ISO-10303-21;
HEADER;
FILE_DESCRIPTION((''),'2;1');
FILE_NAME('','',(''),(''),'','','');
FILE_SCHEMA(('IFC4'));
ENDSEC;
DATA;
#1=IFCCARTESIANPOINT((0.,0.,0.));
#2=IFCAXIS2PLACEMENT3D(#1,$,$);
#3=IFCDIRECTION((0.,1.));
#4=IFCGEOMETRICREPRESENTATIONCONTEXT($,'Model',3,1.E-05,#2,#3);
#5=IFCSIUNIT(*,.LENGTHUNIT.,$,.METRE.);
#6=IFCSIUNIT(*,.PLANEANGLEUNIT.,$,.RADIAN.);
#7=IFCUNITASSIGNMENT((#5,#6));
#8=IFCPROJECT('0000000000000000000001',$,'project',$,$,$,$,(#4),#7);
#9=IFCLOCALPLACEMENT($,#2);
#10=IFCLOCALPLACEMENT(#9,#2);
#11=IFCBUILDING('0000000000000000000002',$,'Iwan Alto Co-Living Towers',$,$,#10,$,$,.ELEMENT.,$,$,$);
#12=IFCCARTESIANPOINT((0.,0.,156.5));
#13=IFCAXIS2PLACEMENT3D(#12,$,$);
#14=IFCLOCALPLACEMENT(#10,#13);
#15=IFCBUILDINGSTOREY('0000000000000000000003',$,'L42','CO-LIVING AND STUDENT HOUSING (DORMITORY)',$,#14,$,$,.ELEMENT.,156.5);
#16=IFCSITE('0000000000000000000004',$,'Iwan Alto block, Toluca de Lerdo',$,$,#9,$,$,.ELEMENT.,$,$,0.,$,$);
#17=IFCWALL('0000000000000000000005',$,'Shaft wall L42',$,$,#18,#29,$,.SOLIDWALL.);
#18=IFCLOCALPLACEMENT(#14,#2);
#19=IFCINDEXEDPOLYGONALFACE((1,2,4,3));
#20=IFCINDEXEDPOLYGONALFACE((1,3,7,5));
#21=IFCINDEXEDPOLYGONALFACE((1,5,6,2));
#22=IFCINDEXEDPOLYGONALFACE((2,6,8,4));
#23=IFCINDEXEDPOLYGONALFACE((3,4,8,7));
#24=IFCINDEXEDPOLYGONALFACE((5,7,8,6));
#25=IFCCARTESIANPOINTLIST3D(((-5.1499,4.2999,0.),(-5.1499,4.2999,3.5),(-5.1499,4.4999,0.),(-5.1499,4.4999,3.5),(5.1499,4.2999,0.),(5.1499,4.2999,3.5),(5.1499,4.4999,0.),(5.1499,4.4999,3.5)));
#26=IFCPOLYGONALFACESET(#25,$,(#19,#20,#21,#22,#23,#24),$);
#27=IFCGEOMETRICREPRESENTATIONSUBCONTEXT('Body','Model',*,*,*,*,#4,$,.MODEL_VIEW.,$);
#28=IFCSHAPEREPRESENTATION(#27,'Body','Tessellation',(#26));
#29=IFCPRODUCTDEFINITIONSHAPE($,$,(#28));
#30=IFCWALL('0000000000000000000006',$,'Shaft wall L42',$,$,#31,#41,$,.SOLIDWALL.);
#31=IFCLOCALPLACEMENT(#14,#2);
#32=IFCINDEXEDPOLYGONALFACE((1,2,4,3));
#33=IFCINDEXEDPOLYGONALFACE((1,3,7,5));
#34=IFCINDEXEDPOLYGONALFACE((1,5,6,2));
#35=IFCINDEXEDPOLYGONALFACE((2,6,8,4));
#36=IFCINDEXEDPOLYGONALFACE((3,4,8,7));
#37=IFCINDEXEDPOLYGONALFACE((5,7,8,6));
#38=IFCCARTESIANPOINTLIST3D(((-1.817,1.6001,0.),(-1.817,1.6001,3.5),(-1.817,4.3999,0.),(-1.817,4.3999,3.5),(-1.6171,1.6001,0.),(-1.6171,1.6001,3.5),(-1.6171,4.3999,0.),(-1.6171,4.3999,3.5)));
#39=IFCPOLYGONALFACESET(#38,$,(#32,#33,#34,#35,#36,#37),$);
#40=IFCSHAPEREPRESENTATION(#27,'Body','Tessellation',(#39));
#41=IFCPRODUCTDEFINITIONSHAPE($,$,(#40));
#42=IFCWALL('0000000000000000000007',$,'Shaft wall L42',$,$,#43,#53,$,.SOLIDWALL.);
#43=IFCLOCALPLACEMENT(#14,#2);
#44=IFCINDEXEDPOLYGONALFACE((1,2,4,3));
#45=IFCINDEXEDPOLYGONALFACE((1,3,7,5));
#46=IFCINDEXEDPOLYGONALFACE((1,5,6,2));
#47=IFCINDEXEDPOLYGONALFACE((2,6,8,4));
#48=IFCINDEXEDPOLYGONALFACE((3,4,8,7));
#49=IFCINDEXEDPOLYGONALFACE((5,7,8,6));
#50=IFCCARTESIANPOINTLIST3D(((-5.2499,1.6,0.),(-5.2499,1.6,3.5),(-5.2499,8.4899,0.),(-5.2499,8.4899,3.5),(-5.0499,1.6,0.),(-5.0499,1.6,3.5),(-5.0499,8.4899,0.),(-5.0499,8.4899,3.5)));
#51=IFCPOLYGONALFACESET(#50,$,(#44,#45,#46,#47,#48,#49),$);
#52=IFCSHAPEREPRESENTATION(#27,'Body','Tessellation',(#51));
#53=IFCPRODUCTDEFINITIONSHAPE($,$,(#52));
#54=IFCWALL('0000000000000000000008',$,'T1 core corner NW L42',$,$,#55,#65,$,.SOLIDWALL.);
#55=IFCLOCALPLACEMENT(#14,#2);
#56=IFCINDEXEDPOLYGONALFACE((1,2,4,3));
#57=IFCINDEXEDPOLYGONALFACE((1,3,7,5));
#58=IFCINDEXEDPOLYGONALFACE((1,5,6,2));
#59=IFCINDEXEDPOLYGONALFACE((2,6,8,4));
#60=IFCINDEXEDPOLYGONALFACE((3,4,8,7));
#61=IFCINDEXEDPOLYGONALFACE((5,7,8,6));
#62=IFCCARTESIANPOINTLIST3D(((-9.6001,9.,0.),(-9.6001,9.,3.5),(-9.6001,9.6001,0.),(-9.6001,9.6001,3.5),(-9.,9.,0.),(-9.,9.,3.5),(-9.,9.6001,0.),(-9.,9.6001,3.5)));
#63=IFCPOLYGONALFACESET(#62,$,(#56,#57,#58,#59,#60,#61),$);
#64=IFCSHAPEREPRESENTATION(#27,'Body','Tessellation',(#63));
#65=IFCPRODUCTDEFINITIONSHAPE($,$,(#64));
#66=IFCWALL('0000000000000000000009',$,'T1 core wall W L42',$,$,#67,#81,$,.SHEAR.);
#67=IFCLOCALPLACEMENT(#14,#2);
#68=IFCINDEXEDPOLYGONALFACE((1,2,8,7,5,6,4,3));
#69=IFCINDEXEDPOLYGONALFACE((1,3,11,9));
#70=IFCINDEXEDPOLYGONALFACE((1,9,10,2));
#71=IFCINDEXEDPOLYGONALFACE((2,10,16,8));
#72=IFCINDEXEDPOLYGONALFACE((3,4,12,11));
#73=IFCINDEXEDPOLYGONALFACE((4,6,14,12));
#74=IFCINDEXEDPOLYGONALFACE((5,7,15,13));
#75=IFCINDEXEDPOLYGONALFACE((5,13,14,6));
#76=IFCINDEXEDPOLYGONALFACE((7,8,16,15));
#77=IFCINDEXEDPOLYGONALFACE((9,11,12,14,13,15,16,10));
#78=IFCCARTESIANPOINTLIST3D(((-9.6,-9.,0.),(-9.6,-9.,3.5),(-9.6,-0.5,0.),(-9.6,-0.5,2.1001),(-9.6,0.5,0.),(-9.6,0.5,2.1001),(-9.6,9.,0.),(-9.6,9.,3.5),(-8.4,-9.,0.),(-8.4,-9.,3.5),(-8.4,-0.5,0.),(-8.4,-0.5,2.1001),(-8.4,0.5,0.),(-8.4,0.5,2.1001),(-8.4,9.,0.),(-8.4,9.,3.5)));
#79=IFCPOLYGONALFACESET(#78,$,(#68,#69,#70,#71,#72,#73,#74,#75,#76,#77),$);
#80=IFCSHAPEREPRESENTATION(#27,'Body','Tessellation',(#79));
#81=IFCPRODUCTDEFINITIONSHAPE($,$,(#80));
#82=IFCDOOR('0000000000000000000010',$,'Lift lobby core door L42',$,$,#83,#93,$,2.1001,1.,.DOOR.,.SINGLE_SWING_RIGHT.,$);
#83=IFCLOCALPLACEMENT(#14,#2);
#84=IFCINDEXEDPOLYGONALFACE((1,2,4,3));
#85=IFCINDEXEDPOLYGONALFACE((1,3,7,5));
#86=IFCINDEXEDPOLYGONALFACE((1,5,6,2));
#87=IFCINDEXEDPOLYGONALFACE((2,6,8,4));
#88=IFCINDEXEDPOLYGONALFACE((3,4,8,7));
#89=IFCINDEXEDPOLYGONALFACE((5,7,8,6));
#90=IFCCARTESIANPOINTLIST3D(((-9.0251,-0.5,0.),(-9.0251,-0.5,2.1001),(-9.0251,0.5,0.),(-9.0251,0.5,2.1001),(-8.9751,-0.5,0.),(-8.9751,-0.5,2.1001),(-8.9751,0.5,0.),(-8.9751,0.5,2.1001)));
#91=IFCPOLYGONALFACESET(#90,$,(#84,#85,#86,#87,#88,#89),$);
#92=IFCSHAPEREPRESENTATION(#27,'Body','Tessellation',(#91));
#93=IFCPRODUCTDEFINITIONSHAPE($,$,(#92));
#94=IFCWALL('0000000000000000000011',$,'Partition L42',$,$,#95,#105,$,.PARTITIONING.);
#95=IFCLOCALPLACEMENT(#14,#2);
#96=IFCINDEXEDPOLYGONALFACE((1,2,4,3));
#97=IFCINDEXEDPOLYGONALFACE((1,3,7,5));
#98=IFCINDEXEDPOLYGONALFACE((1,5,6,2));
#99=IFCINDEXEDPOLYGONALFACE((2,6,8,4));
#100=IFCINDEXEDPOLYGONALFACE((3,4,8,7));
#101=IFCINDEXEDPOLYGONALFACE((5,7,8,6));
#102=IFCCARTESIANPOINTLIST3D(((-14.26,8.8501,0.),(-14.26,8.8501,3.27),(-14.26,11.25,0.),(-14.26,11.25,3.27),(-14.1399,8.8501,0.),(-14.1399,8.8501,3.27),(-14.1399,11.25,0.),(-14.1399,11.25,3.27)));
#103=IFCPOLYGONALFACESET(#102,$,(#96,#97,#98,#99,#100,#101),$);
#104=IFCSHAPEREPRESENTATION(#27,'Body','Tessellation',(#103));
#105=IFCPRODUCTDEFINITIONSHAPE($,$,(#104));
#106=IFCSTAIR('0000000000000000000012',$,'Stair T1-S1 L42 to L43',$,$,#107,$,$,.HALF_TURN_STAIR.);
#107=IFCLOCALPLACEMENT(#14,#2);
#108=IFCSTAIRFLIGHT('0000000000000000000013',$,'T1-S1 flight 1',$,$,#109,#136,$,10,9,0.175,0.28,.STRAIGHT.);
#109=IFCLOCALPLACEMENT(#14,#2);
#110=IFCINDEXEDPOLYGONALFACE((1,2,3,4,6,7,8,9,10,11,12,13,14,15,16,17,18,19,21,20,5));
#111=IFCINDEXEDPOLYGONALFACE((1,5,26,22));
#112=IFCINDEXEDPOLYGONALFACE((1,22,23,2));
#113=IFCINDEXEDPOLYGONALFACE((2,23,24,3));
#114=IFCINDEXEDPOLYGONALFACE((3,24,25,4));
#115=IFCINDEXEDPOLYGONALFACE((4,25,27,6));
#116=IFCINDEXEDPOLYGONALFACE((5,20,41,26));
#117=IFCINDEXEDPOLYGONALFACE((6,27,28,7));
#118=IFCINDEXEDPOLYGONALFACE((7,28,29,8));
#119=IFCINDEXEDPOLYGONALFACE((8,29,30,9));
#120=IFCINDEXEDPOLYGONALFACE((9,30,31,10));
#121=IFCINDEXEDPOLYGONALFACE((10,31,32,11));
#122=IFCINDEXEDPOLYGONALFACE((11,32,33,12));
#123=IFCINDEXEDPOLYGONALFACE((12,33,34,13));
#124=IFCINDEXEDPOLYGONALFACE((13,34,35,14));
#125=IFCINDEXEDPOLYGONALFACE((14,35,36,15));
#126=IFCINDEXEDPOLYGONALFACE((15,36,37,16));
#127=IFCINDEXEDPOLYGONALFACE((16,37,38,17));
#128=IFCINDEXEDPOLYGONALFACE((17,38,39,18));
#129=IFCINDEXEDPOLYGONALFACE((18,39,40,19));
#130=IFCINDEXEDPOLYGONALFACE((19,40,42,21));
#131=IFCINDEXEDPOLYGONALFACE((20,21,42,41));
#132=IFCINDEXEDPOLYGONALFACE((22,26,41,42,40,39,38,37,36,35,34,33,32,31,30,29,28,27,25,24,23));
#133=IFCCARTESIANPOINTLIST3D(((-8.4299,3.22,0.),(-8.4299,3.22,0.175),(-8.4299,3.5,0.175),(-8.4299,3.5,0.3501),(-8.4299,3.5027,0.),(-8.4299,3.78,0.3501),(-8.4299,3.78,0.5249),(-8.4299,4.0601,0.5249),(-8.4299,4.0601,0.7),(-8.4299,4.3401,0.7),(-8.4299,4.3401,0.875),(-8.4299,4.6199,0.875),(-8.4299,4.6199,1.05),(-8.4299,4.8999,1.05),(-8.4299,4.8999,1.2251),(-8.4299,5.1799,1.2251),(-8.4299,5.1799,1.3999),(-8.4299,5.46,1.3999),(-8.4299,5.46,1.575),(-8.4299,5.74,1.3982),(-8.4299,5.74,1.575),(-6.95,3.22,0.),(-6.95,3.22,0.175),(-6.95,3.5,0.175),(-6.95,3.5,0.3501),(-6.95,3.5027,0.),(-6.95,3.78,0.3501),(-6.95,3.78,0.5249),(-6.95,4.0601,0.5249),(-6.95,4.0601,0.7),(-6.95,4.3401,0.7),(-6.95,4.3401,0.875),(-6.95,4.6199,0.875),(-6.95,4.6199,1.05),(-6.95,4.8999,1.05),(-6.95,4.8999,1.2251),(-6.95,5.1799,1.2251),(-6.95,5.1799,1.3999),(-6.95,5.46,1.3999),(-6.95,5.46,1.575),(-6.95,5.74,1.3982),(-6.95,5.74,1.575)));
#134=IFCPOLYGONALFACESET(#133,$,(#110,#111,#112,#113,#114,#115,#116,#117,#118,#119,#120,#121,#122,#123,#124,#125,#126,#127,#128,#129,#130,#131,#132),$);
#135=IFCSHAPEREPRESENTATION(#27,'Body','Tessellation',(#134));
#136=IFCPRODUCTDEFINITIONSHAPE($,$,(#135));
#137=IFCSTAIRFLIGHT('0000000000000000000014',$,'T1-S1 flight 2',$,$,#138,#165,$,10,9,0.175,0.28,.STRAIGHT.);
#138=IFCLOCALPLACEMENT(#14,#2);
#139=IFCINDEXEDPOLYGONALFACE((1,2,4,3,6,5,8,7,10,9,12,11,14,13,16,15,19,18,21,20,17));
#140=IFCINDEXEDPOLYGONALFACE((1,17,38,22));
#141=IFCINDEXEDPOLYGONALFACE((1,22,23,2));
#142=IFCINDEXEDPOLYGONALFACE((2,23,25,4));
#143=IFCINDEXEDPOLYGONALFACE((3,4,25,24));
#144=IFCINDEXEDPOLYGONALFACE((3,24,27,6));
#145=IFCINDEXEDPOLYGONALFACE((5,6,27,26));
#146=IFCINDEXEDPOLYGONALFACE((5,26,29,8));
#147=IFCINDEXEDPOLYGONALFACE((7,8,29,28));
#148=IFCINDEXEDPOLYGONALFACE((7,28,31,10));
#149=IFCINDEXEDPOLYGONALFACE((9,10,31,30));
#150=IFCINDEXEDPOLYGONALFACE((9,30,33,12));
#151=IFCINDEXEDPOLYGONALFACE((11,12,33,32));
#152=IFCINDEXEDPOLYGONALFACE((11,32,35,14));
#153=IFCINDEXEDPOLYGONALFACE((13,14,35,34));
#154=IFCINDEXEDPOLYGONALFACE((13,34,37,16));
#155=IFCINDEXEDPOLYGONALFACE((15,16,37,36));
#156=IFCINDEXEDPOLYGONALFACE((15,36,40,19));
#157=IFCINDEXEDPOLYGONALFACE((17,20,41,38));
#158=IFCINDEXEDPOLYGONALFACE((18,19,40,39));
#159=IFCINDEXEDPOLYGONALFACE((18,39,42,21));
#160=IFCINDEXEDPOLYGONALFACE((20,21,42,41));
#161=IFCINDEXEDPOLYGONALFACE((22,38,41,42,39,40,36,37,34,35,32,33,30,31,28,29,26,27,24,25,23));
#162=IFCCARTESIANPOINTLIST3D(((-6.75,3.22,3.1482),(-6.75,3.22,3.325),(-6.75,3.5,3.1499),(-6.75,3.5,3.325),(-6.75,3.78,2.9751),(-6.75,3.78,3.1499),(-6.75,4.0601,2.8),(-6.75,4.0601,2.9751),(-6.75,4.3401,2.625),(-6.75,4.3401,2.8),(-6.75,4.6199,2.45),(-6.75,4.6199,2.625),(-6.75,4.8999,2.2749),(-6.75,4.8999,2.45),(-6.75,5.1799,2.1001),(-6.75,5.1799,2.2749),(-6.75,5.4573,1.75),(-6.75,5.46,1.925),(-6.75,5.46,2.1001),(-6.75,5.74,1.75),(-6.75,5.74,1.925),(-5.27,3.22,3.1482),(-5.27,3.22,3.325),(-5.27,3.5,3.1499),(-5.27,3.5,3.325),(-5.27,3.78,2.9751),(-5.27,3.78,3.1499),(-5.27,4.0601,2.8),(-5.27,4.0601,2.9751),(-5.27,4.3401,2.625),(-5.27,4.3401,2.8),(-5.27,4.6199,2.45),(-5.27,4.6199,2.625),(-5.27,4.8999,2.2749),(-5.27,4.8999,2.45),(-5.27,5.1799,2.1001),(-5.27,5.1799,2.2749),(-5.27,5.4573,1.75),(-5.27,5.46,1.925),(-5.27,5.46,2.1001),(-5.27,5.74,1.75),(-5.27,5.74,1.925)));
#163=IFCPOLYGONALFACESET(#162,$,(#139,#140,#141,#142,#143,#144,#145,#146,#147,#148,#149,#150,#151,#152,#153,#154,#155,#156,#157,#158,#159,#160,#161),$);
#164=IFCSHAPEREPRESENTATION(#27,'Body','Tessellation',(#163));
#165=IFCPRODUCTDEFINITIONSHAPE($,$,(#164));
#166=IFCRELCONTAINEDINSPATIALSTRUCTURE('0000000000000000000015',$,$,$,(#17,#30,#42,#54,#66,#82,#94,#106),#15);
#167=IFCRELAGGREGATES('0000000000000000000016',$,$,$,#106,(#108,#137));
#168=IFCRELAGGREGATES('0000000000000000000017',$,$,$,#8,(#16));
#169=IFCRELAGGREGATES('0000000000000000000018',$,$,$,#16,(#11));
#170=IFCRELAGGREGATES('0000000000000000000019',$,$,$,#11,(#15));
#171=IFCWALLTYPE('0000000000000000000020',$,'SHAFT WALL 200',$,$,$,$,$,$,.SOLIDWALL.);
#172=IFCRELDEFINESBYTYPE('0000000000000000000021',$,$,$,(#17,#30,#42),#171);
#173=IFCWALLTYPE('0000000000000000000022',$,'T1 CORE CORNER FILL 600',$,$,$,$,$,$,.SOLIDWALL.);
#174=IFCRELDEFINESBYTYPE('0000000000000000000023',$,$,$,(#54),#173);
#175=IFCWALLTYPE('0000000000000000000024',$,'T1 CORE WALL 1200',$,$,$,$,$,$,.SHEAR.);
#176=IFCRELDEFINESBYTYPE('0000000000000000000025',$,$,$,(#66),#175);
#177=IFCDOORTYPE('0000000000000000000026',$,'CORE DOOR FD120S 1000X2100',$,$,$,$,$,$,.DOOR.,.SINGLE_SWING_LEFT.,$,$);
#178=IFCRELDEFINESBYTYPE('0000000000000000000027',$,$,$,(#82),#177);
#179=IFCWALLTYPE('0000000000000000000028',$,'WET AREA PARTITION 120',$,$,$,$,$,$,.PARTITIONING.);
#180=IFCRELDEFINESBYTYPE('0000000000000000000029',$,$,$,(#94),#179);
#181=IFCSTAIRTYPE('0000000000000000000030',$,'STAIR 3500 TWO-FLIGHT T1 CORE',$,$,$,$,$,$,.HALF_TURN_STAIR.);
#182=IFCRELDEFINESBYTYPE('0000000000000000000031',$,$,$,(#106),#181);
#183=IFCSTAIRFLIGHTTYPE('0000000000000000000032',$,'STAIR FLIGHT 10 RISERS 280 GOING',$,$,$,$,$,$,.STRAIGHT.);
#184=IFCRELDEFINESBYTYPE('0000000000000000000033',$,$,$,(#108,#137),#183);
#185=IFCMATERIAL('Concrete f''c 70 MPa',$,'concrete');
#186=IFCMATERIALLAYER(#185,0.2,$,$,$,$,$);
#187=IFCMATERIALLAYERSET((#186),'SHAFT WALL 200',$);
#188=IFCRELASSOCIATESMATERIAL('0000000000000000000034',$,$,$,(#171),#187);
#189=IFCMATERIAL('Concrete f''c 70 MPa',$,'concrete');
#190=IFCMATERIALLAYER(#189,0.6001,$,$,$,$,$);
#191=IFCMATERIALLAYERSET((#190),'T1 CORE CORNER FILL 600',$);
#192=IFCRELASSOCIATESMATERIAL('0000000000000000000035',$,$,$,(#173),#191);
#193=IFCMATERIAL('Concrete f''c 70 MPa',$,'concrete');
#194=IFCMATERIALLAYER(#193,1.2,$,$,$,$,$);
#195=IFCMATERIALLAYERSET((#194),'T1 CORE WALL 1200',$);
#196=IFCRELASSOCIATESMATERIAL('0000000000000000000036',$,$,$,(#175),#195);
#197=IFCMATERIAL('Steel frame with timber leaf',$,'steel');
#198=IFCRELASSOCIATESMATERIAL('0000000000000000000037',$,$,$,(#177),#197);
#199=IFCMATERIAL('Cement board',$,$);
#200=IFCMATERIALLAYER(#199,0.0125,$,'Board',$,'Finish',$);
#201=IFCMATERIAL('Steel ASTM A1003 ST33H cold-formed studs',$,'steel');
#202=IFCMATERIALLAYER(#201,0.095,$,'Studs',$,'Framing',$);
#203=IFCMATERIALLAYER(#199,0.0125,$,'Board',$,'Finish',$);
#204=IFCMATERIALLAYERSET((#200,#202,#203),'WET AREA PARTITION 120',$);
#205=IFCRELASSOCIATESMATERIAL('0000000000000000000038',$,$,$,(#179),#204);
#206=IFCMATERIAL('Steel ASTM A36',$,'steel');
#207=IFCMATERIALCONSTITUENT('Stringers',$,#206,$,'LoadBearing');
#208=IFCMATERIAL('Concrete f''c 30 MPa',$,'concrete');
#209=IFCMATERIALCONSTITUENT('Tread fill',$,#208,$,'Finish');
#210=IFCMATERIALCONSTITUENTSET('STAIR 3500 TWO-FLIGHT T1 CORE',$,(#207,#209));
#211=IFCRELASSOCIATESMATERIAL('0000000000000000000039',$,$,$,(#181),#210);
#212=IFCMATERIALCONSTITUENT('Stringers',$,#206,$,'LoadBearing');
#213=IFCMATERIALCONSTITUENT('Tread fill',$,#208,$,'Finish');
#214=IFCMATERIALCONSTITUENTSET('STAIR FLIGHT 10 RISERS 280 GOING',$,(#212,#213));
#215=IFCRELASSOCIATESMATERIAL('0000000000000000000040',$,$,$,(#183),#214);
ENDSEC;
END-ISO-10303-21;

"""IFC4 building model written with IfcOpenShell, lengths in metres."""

from ifc_helpers import new_model, si_unit, direction, frame, frame_2d, origin, place, context, subcontext, project, spatial, polyline, rectangle, outline, extrude, material, layer, layer_set, constituent, constituent_set, type_object, element, fill, aggregate, save


model = new_model("IFC4")

# Units and contexts
model_context = context("Model", 3, precision=1e-05, world=origin(), true_north=direction((0.0, 1.0)))
body_context = subcontext(model_context, "Body", "Model", "MODEL_VIEW")
ifc_project = project(units=[si_unit("LENGTHUNIT", "METRE"), si_unit("PLANEANGLEUNIT", "RADIAN")], contexts=[model_context])

# Site, building, storey
site_placement = place(None, origin())
site = spatial("IfcSite", under=ifc_project, at=site_placement, Name="Iwan Alto block, Toluca de Lerdo", CompositionType="ELEMENT", RefElevation=0.0)
building_placement = place(site_placement, origin())
building = spatial("IfcBuilding", under=site, at=building_placement, Name="Iwan Alto Co-Living Towers", CompositionType="ELEMENT")
storey_placement = place(building_placement, frame((0.0, 0.0, 156.5)))
storey = spatial("IfcBuildingStorey", under=building, at=storey_placement, Name="L42", Description="CO-LIVING AND STUDENT HOUSING (DORMITORY)", CompositionType="ELEMENT", Elevation=156.5)

# Shared definitions
ifc_material_1 = material(Name="Steel ASTM A1003 ST33H cold-formed studs", Category="steel")

# Shared definitions
ifc_material_2 = material(Name="Concrete f'c 70 MPa", Category="concrete")
ifc_layer_1 = layer(ifc_material_2, 0.2)
ifc_layer_set_1 = layer_set([ifc_layer_1], Name="SHAFT WALL 200")
wall_type_1 = type_object("IfcWallType", Name="SHAFT WALL 200", PredefinedType="SOLIDWALL", material=ifc_layer_set_1)

# Walls
wall_1_placement = place(storey_placement, frame((-5.1499, 4.3999, 0.0), z_axis=(0.0, 0.0, 1.0), x_axis=(1.0, 0.0, 0.0)))
element("IfcWall", 1, at=wall_1_placement, inside=storey, type_object=wall_type_1, Name="Shaft wall L42", PredefinedType="SOLIDWALL", context=body_context, shape_type="SweptSolid", body=[
    extrude(rectangle(XDim=10.2998, YDim=0.2, at=frame_2d((5.1499, 0.0))), origin(), (0.0, 0.0, 1.0), 3.5),
])
wall_2_placement = place(storey_placement, frame((-1.717, 1.6001, 0.0), z_axis=(0.0, 0.0, 1.0), x_axis=(0.0, 1.0, 0.0)))
element("IfcWall", 2, at=wall_2_placement, inside=storey, type_object=wall_type_1, Name="Shaft wall L42", PredefinedType="SOLIDWALL", context=body_context, shape_type="SweptSolid", body=[
    extrude(rectangle(XDim=2.7998, YDim=0.2, at=frame_2d((1.3999, 0.0))), origin(), (0.0, 0.0, 1.0), 3.5),
])
wall_3_placement = place(storey_placement, frame((-5.1499, 1.6001, 0.0), z_axis=(0.0, 0.0, 1.0), x_axis=(0.0, 1.0, 0.0)))
element("IfcWall", 3, at=wall_3_placement, inside=storey, type_object=wall_type_1, Name="Shaft wall L42", PredefinedType="SOLIDWALL", context=body_context, shape_type="SweptSolid", body=[
    extrude(rectangle(XDim=6.8899, YDim=0.2, at=frame_2d((3.4448, 0.0))), origin(), (0.0, 0.0, 1.0), 3.5),
])
ifc_material_3 = material(Name="Concrete f'c 70 MPa", Category="concrete")
ifc_layer_2 = layer(ifc_material_3, 0.6001)
ifc_layer_set_2 = layer_set([ifc_layer_2], Name="T1 CORE CORNER FILL 600")
wall_type_2 = type_object("IfcWallType", Name="T1 CORE CORNER FILL 600", PredefinedType="SOLIDWALL", material=ifc_layer_set_2)
wall_4_placement = place(storey_placement, frame((-9.6001, 9.3, 0.0), z_axis=(0.0, 0.0, 1.0), x_axis=(1.0, 0.0, 0.0)))
element("IfcWall", 4, at=wall_4_placement, inside=storey, type_object=wall_type_2, Name="T1 core corner NW L42", PredefinedType="SOLIDWALL", context=body_context, shape_type="SweptSolid", body=[
    extrude(rectangle(XDim=0.6001, YDim=0.6001, at=frame_2d((0.3, 0.0))), origin(), (0.0, 0.0, 1.0), 3.5),
])

# Wall, opening, door
ifc_material_4 = material(Name="Concrete f'c 70 MPa", Category="concrete")
ifc_layer_3 = layer(ifc_material_4, 1.2)
ifc_layer_set_3 = layer_set([ifc_layer_3], Name="T1 CORE WALL 1200")
wall_type_3 = type_object("IfcWallType", Name="T1 CORE WALL 1200", PredefinedType="SHEAR", material=ifc_layer_set_3)
wall_5_placement = place(storey_placement, frame((-9.0, 9.0, 0.0), z_axis=(0.0, 0.0, 1.0), x_axis=(0.0, -1.0, 0.0)))
wall_5 = element("IfcWall", 5, at=wall_5_placement, inside=storey, type_object=wall_type_3, Name="T1 core wall W L42", PredefinedType="SHEAR", context=body_context, shape_type="SweptSolid", body=[
    extrude(rectangle(XDim=18.0, YDim=1.2, at=frame_2d((9.0, 0.0))), origin(), (0.0, 0.0, 1.0), 3.5),
])
opening_1_placement = place(wall_5_placement, frame((8.5, 0.0, 0.0)))
opening_1 = element("IfcOpeningElement", 6, at=opening_1_placement, cuts=wall_5, PredefinedType="OPENING", context=body_context, shape_type="SweptSolid", body=[
    extrude(rectangle(XDim=1.0, YDim=2.1001, at=frame_2d((0.5, 1.05))), frame((0.0, 0.6099, 0.0), z_axis=(0.0, -1.0, 0.0), x_axis=(1.0, 0.0, 0.0)), (0.0, 0.0, 1.0), 1.22),
])
ifc_material_5 = material(Name="Steel frame with timber leaf", Category="steel")
door_type_1 = type_object("IfcDoorType", Name="CORE DOOR FD120S 1000X2100", OperationType="SINGLE_SWING_LEFT", PredefinedType="DOOR", material=ifc_material_5)
door_1_placement = place(opening_1_placement, origin())
door_1 = element("IfcDoor", 7, at=door_1_placement, inside=storey, type_object=door_type_1, Name="Lift lobby core door L42", OperationType="SINGLE_SWING_RIGHT", OverallHeight=2.1001, OverallWidth=1.0, PredefinedType="DOOR", context=body_context, shape_type="SweptSolid", body=[
    extrude(rectangle(XDim=1.0, YDim=2.1001, at=frame_2d((0.5, 1.05))), frame((0.0, 0.0249, 0.0), z_axis=(0.0, -1.0, 0.0), x_axis=(1.0, 0.0, 0.0)), (0.0, 0.0, 1.0), 0.05),
])
fill(opening_1, door_1)

# Wall
ifc_material_6 = material(Name="Cement board")
ifc_layer_4 = layer(ifc_material_6, 0.0125, Name="Board", Category="Finish")
ifc_layer_5 = layer(ifc_material_1, 0.095, Name="Studs", Category="Framing")
ifc_layer_6 = layer(ifc_material_6, 0.0125, Name="Board", Category="Finish")
ifc_layer_set_4 = layer_set([ifc_layer_4, ifc_layer_5, ifc_layer_6], Name="WET AREA PARTITION 120")
wall_type_4 = type_object("IfcWallType", Name="WET AREA PARTITION 120", PredefinedType="PARTITIONING", material=ifc_layer_set_4)
wall_6_placement = place(storey_placement, frame((-14.2, 8.8501, 0.0), z_axis=(0.0, 0.0, 1.0), x_axis=(0.0, 1.0, 0.0)))
element("IfcWall", 8, at=wall_6_placement, inside=storey, type_object=wall_type_4, Name="Partition L42", PredefinedType="PARTITIONING", context=body_context, shape_type="SweptSolid", body=[
    extrude(rectangle(XDim=2.3999, YDim=0.1201, at=frame_2d((1.2, 0.0))), origin(), (0.0, 0.0, 1.0), 3.27),
])

# Stair, stair flights
ifc_material_7 = material(Name="Steel ASTM A36", Category="steel")
ifc_constituent_1 = constituent(ifc_material_7, Name="Stringers", Category="LoadBearing")
ifc_material_8 = material(Name="Concrete f'c 30 MPa", Category="concrete")
ifc_constituent_2 = constituent(ifc_material_8, Name="Tread fill", Category="Finish")
ifc_constituent_set_1 = constituent_set(constituents=[ifc_constituent_1, ifc_constituent_2], Name="STAIR 3500 TWO-FLIGHT T1 CORE")
stair_type = type_object("IfcStairType", Name="STAIR 3500 TWO-FLIGHT T1 CORE", PredefinedType="HALF_TURN_STAIR", material=ifc_constituent_set_1)
stair_placement = place(storey_placement, origin())
stair = element("IfcStair", 9, at=stair_placement, inside=storey, type_object=stair_type, Name="Stair T1-S1 L42 to L43", PredefinedType="HALF_TURN_STAIR")
ifc_constituent_3 = constituent(ifc_material_7, Name="Stringers", Category="LoadBearing")
ifc_constituent_4 = constituent(ifc_material_8, Name="Tread fill", Category="Finish")
ifc_constituent_set_2 = constituent_set(constituents=[ifc_constituent_3, ifc_constituent_4], Name="STAIR FLIGHT 10 RISERS 280 GOING")
stair_flight_type = type_object("IfcStairFlightType", Name="STAIR FLIGHT 10 RISERS 280 GOING", PredefinedType="STRAIGHT", material=ifc_constituent_set_2)
stair_flight_1_placement = place(storey_placement, frame((-7.6899, 3.22, 0.0), z_axis=(0.0, 0.0, 1.0), x_axis=(0.0, 1.0, 0.0)))
stair_flight_1 = element("IfcStairFlight", 10, at=stair_flight_1_placement, type_object=stair_flight_type, Name="T1-S1 flight 1", NumberOfRisers=10, NumberOfTreads=9, PredefinedType="STRAIGHT", RiserHeight=0.175, TreadLength=0.28, context=body_context, shape_type="SweptSolid", body=[
    extrude(outline(polyline([(0.0, 0.0), (0.0, 0.175), (0.28, 0.175), (0.28, 0.3501), (0.5601, 0.3501), (0.5601, 0.5249), (0.8401, 0.5249), (0.8401, 0.7), (1.1201, 0.7), (1.1201, 0.875), (1.3999, 0.875), (1.3999, 1.05), (1.6799, 1.05), (1.6799, 1.2251), (1.96, 1.2251), (1.96, 1.3999), (2.24, 1.3999), (2.24, 1.575), (2.52, 1.575), (2.52, 1.75), (2.52, 1.3982), (0.2827, 0.0), (0.0, 0.0)])), frame((0.0, 0.74, 0.0), z_axis=(0.0, -1.0, 0.0), x_axis=(1.0, 0.0, 0.0)), (0.0, 0.0, 1.0), 1.48),
])
stair_flight_2_placement = place(storey_placement, frame((-6.01, 5.74, 1.75), z_axis=(0.0, 0.0, 1.0), x_axis=(0.0, -1.0, 0.0)))
stair_flight_2 = element("IfcStairFlight", 11, at=stair_flight_2_placement, type_object=stair_flight_type, Name="T1-S1 flight 2", NumberOfRisers=10, NumberOfTreads=9, PredefinedType="STRAIGHT", RiserHeight=0.175, TreadLength=0.28, context=body_context, shape_type="SweptSolid", body=[
    extrude(outline(polyline([(0.0, 0.0), (0.0, 0.175), (0.28, 0.175), (0.28, 0.3501), (0.5601, 0.3501), (0.5601, 0.5249), (0.8401, 0.5249), (0.8401, 0.7), (1.1201, 0.7), (1.1201, 0.875), (1.3999, 0.875), (1.3999, 1.05), (1.6799, 1.05), (1.6799, 1.2251), (1.96, 1.2251), (1.96, 1.3999), (2.24, 1.3999), (2.24, 1.575), (2.52, 1.575), (2.52, 1.75), (2.52, 1.3982), (0.2827, 0.0), (0.0, 0.0)])), frame((0.0, 0.74, 0.0), z_axis=(0.0, -1.0, 0.0), x_axis=(1.0, 0.0, 0.0)), (0.0, 0.0, 1.0), 1.48),
])
aggregate(stair, [stair_flight_1, stair_flight_2])

save(model, "model.ifc")
